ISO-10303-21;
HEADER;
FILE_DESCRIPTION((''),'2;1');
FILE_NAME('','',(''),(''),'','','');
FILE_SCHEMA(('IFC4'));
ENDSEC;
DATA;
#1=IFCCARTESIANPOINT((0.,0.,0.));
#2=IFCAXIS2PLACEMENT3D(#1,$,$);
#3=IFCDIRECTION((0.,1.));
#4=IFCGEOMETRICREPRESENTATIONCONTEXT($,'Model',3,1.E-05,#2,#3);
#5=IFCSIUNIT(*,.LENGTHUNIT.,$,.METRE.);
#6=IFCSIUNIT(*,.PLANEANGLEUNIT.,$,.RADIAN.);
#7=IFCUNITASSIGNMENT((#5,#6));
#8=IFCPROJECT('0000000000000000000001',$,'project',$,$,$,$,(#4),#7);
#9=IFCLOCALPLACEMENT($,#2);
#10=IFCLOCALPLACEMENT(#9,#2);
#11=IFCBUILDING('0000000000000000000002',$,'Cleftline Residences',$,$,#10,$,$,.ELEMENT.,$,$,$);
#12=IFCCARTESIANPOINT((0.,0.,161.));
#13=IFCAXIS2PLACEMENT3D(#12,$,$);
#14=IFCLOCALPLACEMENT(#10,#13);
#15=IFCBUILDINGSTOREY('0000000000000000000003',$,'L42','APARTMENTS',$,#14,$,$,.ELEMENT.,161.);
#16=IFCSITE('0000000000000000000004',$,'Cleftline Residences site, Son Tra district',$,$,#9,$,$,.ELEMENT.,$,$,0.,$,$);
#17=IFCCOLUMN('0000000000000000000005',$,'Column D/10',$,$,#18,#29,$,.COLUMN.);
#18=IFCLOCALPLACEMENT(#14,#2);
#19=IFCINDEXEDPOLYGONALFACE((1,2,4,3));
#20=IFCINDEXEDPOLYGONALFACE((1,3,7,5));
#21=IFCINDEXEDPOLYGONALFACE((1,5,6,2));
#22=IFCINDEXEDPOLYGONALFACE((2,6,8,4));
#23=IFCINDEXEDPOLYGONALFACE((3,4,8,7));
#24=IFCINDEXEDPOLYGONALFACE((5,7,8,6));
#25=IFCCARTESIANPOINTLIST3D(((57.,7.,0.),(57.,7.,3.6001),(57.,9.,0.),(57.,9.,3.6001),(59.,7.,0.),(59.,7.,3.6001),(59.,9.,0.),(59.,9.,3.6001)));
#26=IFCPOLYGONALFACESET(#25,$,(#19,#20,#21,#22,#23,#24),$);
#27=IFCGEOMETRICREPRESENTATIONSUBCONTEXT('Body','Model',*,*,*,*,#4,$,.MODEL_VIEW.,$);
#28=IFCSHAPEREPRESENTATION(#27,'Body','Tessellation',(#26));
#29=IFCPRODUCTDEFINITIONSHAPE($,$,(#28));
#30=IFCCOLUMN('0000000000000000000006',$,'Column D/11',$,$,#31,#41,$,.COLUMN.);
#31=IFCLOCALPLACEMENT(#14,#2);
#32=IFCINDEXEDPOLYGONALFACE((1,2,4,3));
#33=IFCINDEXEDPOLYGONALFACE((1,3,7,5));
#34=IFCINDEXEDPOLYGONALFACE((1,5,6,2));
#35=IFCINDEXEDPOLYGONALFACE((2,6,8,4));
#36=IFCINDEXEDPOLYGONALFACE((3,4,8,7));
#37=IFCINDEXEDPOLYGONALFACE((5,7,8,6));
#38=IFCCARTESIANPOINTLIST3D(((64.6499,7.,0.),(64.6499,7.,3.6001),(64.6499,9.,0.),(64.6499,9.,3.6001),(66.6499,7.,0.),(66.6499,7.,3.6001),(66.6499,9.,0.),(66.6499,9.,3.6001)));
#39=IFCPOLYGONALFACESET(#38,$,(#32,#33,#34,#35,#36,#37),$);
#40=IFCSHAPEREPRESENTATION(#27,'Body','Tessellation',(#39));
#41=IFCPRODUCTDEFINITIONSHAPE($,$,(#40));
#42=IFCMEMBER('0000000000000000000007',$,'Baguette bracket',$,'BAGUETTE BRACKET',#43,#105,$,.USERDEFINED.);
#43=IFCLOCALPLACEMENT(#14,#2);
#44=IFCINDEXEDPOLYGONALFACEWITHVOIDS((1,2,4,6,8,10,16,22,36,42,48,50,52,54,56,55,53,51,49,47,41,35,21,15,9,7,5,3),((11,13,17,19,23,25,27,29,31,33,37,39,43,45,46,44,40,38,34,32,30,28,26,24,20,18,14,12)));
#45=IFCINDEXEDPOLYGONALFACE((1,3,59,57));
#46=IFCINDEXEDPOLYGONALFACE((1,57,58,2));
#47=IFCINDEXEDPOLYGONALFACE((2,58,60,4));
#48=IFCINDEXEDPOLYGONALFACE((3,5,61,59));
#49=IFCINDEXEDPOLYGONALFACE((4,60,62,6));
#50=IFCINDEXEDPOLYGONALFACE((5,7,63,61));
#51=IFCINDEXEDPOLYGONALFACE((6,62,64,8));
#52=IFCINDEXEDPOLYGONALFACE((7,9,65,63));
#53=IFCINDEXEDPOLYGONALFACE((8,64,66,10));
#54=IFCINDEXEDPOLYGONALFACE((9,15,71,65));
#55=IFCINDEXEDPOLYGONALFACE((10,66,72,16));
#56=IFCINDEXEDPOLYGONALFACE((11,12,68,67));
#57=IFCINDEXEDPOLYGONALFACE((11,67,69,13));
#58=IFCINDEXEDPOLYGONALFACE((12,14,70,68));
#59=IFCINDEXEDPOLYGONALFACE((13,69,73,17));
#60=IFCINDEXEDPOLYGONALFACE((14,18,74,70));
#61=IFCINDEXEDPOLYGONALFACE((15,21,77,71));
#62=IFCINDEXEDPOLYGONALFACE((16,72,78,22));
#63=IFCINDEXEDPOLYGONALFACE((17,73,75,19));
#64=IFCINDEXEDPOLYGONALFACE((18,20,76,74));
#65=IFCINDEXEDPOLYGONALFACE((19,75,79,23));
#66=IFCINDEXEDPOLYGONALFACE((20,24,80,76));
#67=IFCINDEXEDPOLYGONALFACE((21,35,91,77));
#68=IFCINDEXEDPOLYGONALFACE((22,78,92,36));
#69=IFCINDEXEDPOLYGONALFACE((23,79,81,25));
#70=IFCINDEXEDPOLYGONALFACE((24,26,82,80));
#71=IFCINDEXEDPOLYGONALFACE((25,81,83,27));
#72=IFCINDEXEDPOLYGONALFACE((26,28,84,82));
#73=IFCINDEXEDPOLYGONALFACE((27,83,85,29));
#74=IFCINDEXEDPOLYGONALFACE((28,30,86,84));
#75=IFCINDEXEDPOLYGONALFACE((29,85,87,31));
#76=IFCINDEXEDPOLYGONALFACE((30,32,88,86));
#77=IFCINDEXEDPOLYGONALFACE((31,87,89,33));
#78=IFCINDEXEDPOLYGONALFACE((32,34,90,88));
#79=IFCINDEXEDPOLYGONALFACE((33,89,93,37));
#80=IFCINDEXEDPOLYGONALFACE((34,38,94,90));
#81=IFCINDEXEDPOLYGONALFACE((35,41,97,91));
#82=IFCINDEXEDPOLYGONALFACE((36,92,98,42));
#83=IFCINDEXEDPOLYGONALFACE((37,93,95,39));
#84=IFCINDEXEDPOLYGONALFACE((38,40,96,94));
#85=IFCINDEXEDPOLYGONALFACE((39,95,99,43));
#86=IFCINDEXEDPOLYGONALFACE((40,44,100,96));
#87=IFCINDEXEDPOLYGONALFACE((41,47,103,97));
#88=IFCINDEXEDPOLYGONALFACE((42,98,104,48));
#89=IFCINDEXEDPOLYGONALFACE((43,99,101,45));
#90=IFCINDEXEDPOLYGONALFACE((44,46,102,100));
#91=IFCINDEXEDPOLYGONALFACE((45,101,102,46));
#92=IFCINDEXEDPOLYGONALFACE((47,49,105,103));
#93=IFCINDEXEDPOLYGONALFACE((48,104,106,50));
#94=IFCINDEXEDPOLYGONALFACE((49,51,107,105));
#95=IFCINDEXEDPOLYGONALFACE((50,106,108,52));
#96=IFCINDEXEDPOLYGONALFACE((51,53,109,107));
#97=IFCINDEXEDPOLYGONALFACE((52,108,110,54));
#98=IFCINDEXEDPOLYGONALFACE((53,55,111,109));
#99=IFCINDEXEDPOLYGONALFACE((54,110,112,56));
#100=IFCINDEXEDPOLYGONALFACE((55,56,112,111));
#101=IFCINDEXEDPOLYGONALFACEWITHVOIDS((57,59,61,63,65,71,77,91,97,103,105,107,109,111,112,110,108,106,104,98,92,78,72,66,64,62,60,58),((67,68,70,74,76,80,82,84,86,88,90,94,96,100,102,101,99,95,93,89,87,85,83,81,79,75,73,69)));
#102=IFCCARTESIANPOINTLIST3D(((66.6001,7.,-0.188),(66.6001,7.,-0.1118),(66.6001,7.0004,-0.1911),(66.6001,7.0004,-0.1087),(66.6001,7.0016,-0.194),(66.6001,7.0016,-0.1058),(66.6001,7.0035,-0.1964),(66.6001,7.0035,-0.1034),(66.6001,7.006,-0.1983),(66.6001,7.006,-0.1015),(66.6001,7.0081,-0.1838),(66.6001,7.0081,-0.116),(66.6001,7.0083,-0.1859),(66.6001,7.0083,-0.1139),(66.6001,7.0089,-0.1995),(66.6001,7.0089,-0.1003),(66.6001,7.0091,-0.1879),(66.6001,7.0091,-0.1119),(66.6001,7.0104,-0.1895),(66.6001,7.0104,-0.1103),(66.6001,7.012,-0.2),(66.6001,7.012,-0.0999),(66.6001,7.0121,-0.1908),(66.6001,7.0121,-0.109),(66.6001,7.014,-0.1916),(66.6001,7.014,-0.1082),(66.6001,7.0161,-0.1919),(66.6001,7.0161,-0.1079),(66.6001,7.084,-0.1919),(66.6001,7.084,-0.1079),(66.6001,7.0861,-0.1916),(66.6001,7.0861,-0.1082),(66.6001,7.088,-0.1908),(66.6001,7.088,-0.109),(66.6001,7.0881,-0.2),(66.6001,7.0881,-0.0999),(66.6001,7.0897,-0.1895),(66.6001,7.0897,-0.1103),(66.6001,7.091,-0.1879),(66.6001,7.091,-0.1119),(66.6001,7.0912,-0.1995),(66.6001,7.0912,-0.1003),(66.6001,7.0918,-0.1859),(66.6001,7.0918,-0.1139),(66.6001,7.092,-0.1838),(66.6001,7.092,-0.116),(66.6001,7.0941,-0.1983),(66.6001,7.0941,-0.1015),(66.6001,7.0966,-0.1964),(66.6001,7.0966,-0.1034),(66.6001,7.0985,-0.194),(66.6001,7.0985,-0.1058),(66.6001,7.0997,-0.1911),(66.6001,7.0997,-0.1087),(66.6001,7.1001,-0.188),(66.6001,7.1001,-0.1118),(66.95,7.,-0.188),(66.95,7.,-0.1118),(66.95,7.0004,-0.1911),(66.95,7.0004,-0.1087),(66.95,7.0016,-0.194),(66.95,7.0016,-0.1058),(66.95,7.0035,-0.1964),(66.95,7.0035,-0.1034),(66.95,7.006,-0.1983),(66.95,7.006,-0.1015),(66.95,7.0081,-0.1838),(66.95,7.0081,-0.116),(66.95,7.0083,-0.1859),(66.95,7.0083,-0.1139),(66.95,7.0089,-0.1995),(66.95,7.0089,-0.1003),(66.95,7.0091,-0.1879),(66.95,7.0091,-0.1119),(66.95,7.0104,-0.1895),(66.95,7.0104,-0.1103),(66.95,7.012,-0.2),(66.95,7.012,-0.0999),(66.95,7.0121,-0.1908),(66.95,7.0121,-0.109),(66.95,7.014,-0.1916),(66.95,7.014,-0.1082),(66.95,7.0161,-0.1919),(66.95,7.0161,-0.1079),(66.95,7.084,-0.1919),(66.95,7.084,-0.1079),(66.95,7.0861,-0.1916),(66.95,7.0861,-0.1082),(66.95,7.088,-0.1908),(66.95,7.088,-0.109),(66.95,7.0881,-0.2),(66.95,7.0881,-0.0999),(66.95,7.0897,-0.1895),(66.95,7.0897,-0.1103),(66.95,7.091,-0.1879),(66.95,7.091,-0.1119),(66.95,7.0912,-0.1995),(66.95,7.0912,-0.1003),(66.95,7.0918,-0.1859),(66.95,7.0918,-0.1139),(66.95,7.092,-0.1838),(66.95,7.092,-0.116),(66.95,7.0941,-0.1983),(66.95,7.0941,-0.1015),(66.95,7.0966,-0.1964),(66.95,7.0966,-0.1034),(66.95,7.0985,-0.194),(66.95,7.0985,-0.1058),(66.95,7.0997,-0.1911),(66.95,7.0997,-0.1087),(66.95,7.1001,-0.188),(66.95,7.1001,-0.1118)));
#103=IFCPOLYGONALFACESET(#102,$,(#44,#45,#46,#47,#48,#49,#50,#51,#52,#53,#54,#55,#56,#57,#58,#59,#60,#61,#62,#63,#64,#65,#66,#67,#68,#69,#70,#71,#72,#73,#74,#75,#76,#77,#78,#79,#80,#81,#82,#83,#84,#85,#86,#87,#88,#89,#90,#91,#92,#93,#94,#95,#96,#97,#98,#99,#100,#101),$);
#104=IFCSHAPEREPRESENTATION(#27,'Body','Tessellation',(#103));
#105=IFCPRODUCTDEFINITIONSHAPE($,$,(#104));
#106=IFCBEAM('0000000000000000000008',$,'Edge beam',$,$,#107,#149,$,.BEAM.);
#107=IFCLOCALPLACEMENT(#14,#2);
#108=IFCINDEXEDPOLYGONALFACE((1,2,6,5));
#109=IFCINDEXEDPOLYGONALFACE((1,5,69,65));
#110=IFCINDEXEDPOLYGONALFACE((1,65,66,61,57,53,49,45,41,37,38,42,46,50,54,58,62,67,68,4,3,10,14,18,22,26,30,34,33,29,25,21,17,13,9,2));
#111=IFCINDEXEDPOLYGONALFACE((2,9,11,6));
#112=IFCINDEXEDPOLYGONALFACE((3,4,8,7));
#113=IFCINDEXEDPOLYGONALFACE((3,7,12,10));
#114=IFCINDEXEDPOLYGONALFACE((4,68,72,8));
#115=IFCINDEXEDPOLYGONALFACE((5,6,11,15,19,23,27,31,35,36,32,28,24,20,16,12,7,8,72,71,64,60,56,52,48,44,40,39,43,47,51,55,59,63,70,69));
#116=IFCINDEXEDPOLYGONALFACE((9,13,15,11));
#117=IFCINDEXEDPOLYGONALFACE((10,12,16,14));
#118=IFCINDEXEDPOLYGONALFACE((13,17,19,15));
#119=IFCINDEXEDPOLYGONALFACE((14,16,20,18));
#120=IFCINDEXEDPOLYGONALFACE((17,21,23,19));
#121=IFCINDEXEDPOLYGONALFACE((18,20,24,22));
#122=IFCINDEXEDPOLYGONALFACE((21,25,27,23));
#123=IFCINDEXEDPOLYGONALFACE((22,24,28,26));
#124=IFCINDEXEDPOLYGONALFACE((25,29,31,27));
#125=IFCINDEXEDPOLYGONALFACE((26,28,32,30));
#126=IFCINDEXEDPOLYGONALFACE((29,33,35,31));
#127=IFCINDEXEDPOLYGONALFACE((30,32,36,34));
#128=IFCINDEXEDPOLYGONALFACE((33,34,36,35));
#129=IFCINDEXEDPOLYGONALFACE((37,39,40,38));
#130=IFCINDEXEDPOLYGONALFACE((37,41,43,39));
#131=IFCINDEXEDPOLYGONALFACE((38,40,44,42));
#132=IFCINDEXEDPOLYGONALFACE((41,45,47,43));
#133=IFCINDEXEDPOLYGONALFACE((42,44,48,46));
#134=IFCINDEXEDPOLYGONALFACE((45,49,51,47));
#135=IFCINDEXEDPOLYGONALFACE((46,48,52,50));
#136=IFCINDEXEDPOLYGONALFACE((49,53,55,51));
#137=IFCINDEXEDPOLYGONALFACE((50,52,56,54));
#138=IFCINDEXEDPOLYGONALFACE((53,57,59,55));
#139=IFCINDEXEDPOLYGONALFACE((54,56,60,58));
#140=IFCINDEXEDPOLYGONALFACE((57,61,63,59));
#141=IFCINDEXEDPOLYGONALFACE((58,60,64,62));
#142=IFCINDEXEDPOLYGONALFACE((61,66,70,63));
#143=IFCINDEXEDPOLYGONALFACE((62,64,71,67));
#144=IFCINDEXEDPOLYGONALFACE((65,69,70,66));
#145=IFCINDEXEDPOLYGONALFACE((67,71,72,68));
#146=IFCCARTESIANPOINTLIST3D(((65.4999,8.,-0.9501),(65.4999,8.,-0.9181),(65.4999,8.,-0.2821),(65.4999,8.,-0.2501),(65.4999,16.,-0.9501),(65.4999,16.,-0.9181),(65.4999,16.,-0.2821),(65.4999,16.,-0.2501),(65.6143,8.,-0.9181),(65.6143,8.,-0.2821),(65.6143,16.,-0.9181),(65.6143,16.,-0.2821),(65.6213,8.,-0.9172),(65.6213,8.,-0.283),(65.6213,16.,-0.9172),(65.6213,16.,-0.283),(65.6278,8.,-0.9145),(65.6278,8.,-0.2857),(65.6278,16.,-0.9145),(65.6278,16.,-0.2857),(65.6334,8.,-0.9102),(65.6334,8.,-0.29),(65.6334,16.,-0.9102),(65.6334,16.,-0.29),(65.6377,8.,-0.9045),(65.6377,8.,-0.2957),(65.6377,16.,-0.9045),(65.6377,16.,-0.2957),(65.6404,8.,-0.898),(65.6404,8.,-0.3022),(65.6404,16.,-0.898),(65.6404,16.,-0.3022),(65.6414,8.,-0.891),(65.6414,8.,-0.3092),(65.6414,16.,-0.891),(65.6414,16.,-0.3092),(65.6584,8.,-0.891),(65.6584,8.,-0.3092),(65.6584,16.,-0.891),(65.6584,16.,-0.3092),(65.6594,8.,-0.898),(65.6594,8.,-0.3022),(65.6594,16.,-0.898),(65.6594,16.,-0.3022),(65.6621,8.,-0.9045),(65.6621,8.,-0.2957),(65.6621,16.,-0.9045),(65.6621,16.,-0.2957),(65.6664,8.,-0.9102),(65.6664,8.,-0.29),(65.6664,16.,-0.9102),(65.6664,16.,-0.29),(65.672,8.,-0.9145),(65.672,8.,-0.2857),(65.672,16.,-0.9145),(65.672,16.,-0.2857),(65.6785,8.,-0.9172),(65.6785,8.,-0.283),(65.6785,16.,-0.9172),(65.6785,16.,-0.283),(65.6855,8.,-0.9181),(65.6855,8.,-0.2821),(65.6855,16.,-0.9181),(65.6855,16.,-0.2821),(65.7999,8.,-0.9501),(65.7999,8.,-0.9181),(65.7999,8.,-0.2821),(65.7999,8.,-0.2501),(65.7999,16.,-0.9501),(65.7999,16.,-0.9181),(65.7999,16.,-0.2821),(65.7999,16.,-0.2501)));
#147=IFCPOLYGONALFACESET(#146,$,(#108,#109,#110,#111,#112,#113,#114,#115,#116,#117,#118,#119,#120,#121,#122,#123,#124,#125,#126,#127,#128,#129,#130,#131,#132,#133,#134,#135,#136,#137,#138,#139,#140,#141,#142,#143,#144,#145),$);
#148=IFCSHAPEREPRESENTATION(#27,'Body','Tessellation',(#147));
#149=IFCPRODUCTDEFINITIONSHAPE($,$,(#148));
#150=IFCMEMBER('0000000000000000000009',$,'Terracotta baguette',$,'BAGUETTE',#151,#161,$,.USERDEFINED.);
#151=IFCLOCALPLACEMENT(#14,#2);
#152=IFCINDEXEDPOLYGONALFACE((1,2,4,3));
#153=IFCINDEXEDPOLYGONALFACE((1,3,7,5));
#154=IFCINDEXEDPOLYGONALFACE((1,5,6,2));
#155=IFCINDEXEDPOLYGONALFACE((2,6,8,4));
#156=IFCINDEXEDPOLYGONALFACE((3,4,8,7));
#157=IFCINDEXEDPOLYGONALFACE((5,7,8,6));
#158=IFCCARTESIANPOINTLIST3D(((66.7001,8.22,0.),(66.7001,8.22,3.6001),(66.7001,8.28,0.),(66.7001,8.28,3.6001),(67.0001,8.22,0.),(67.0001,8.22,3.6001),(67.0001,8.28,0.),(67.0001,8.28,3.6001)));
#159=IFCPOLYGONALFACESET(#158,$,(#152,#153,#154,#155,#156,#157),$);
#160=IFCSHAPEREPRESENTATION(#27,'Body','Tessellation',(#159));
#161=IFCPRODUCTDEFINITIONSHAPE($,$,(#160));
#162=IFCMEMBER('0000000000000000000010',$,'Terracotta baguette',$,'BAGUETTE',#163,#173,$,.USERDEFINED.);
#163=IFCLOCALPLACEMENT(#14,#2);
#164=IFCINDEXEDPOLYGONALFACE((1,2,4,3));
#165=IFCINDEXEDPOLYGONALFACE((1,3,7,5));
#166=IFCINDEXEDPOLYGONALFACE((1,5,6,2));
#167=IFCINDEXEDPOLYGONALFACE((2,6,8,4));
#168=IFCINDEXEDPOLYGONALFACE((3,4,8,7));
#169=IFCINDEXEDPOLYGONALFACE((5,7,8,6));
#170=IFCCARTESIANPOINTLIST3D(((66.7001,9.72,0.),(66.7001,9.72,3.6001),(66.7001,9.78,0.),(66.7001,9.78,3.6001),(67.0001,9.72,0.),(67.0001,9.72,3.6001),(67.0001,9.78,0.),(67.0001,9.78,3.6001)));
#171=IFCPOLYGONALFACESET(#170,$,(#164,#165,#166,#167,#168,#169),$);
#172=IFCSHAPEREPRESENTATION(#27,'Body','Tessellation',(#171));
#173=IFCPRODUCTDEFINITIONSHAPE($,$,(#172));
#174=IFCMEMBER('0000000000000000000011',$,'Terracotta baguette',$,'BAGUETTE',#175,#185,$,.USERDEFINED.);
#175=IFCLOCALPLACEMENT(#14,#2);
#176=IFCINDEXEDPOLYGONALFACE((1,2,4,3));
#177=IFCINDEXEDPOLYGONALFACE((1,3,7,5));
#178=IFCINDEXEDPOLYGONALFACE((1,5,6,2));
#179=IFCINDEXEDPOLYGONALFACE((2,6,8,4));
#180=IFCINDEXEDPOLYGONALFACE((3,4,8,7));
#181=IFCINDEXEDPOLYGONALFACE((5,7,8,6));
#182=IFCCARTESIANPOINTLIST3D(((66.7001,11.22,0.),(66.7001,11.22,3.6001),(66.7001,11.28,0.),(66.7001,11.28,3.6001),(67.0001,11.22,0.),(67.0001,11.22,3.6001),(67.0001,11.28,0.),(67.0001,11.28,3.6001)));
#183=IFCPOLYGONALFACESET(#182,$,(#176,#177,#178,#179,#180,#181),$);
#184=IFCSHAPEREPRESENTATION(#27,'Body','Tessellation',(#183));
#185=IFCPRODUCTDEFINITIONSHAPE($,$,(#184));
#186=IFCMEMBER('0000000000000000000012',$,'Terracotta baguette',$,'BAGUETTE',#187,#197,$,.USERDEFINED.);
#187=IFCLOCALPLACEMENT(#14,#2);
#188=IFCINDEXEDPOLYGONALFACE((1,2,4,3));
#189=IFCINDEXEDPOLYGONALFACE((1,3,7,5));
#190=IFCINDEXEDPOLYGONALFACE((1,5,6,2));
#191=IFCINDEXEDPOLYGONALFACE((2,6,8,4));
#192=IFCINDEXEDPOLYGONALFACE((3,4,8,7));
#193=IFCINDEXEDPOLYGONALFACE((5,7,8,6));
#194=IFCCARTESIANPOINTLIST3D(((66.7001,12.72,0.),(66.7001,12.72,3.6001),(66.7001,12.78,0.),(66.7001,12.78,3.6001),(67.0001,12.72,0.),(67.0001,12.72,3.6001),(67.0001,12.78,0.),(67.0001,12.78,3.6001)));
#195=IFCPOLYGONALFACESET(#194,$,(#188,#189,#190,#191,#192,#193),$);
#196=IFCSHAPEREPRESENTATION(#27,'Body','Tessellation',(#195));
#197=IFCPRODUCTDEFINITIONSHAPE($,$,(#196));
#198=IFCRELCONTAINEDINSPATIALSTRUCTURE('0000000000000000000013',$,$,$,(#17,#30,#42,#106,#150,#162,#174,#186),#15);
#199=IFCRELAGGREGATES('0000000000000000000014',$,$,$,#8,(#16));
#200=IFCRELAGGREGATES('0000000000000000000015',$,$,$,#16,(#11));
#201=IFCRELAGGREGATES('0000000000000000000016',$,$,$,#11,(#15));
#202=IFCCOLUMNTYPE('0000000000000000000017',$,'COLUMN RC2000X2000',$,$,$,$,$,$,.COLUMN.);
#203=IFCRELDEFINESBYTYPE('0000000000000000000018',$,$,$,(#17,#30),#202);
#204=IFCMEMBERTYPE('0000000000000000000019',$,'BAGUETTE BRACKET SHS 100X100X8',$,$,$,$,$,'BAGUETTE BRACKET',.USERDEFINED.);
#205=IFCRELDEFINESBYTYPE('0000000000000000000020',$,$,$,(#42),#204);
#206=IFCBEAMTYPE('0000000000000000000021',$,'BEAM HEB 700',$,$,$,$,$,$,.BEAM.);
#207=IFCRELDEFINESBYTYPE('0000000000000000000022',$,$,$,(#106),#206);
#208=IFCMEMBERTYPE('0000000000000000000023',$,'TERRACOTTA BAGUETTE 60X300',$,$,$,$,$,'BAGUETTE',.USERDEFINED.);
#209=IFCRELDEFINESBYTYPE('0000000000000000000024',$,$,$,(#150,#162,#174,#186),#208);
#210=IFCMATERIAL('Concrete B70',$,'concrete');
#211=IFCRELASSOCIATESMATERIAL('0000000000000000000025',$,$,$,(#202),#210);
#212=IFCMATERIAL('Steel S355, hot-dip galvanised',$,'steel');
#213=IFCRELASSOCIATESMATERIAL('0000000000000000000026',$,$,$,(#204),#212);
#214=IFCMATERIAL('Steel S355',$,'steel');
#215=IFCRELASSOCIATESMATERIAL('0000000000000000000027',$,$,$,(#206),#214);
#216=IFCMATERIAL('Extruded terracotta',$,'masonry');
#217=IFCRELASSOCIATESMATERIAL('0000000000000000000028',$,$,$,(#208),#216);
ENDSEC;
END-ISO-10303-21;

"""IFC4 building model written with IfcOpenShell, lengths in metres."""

from ifc_helpers import new_model, si_unit, direction, frame, origin, origin_2d, place, context, subcontext, project, spatial, rectangle, hollow_rectangle, i_section, extrude, material, material_profile, profile_set, type_object, element, save


model = new_model("IFC4")

# Units and contexts
model_context = context("Model", 3, precision=1e-05, world=origin(), true_north=direction((0.0, 1.0)))
body_context = subcontext(model_context, "Body", "Model", "MODEL_VIEW")
ifc_project = project(units=[si_unit("LENGTHUNIT", "METRE"), si_unit("PLANEANGLEUNIT", "RADIAN")], contexts=[model_context])

# Site, building, storey
site_placement = place(None, origin())
site = spatial("IfcSite", under=ifc_project, at=site_placement, Name="Cleftline Residences site, Son Tra district", CompositionType="ELEMENT", RefElevation=0.0)
building_placement = place(site_placement, origin())
building = spatial("IfcBuilding", under=site, at=building_placement, Name="Cleftline Residences", CompositionType="ELEMENT")
storey_placement = place(building_placement, frame((0.0, 0.0, 161.0)))
storey = spatial("IfcBuildingStorey", under=building, at=storey_placement, Name="L42", Description="APARTMENTS", CompositionType="ELEMENT", Elevation=161.0)

# Columns
ifc_material_1 = material(Name="Concrete B70", Category="concrete")
ifc_material_profile_1 = material_profile(ifc_material_1, rectangle(XDim=2.0, YDim=2.0, at=origin_2d()))
ifc_profile_set_1 = profile_set([ifc_material_profile_1], Name="Concrete B70")
column_type = type_object("IfcColumnType", Name="COLUMN RC2000X2000", PredefinedType="COLUMN", material=ifc_profile_set_1)
for number, where, z_axis, x_axis, name in (
    (1, (58.0, 8.0, 0.0), (0.0, 0.0, 1.0), (1.0, 0.0, 0.0), "Column D/10"),
    (2, (65.6499, 8.0, 0.0), (0.0, 0.0, 1.0), (1.0, 0.0, 0.0), "Column D/11"),
):
    element("IfcColumn", number, at=place(storey_placement, frame(where, z_axis=z_axis, x_axis=x_axis)), inside=storey, type_object=column_type, Name=name, PredefinedType="COLUMN", context=body_context, shape_type="SweptSolid", body=[
        extrude(rectangle(XDim=2.0, YDim=2.0, at=origin_2d()), origin(), (0.0, 0.0, 1.0), 3.6001),
    ])

# Member
ifc_material_2 = material(Name="Steel S355, hot-dip galvanised", Category="steel")
ifc_material_profile_2 = material_profile(ifc_material_2, hollow_rectangle(XDim=0.1001, YDim=0.1001, WallThickness=0.0081, InnerFilletRadius=0.0081, OuterFilletRadius=0.012, at=origin_2d()))
ifc_profile_set_2 = profile_set([ifc_material_profile_2], Name="Steel S355, hot-dip galvanised")
member_type_1 = type_object("IfcMemberType", Name="BAGUETTE BRACKET SHS 100X100X8", ElementType="BAGUETTE BRACKET", PredefinedType="USERDEFINED", material=ifc_profile_set_2)
member_placement = place(storey_placement, frame((66.6001, 7.05, -0.1499), z_axis=(1.0, 0.0, 0.0), x_axis=(0.0, 1.0, 0.0)))
element("IfcMember", 3, at=member_placement, inside=storey, type_object=member_type_1, Name="Baguette bracket", ObjectType="BAGUETTE BRACKET", PredefinedType="USERDEFINED", context=body_context, shape_type="SweptSolid", body=[
    extrude(hollow_rectangle(XDim=0.1001, YDim=0.1001, WallThickness=0.0081, InnerFilletRadius=0.0081, OuterFilletRadius=0.012, at=origin_2d()), origin(), (0.0, 0.0, 1.0), 0.3499),
])

# Beam
ifc_material_3 = material(Name="Steel S355", Category="steel")
ifc_material_profile_3 = material_profile(ifc_material_3, i_section(OverallWidth=0.3, OverallDepth=0.7, WebThickness=0.0171, FlangeThickness=0.032, FilletRadius=0.0271, at=origin_2d()))
ifc_profile_set_3 = profile_set([ifc_material_profile_3], Name="Steel S355")
beam_type = type_object("IfcBeamType", Name="BEAM HEB 700", PredefinedType="BEAM", material=ifc_profile_set_3)
beam_placement = place(storey_placement, frame((65.6499, 8.0, -0.6001), z_axis=(0.0, 1.0, 0.0), x_axis=(-1.0, 0.0, 0.0)))
element("IfcBeam", 4, at=beam_placement, inside=storey, type_object=beam_type, Name="Edge beam", PredefinedType="BEAM", context=body_context, shape_type="SweptSolid", body=[
    extrude(i_section(OverallWidth=0.3, OverallDepth=0.7, WebThickness=0.0171, FlangeThickness=0.032, FilletRadius=0.0271, at=origin_2d()), origin(), (0.0, 0.0, 1.0), 8.0),
])

# Members
ifc_material_4 = material(Name="Extruded terracotta", Category="masonry")
ifc_material_profile_4 = material_profile(ifc_material_4, rectangle(XDim=0.0601, YDim=0.3, at=origin_2d()))
ifc_profile_set_4 = profile_set([ifc_material_profile_4], Name="Extruded terracotta")
member_type_2 = type_object("IfcMemberType", Name="TERRACOTTA BAGUETTE 60X300", ElementType="BAGUETTE", PredefinedType="USERDEFINED", material=ifc_profile_set_4)
for number, where, z_axis, x_axis, name in (
    (5, (66.8501, 8.25, 0.0), (0.0, 0.0, 1.0), (0.0, 1.0, 0.0), "Terracotta baguette"),
    (6, (66.8501, 9.75, 0.0), (0.0, 0.0, 1.0), (0.0, 1.0, 0.0), "Terracotta baguette"),
    (7, (66.8501, 11.25, 0.0), (0.0, 0.0, 1.0), (0.0, 1.0, 0.0), "Terracotta baguette"),
    (8, (66.8501, 12.75, 0.0), (0.0, 0.0, 1.0), (0.0, 1.0, 0.0), "Terracotta baguette"),
):
    element("IfcMember", number, at=place(storey_placement, frame(where, z_axis=z_axis, x_axis=x_axis)), inside=storey, type_object=member_type_2, Name=name, ObjectType="BAGUETTE", PredefinedType="USERDEFINED", context=body_context, shape_type="SweptSolid", body=[
        extrude(rectangle(XDim=0.0601, YDim=0.3, at=origin_2d()), origin(), (0.0, 0.0, 1.0), 3.6001),
    ])

save(model, "model.ifc")
